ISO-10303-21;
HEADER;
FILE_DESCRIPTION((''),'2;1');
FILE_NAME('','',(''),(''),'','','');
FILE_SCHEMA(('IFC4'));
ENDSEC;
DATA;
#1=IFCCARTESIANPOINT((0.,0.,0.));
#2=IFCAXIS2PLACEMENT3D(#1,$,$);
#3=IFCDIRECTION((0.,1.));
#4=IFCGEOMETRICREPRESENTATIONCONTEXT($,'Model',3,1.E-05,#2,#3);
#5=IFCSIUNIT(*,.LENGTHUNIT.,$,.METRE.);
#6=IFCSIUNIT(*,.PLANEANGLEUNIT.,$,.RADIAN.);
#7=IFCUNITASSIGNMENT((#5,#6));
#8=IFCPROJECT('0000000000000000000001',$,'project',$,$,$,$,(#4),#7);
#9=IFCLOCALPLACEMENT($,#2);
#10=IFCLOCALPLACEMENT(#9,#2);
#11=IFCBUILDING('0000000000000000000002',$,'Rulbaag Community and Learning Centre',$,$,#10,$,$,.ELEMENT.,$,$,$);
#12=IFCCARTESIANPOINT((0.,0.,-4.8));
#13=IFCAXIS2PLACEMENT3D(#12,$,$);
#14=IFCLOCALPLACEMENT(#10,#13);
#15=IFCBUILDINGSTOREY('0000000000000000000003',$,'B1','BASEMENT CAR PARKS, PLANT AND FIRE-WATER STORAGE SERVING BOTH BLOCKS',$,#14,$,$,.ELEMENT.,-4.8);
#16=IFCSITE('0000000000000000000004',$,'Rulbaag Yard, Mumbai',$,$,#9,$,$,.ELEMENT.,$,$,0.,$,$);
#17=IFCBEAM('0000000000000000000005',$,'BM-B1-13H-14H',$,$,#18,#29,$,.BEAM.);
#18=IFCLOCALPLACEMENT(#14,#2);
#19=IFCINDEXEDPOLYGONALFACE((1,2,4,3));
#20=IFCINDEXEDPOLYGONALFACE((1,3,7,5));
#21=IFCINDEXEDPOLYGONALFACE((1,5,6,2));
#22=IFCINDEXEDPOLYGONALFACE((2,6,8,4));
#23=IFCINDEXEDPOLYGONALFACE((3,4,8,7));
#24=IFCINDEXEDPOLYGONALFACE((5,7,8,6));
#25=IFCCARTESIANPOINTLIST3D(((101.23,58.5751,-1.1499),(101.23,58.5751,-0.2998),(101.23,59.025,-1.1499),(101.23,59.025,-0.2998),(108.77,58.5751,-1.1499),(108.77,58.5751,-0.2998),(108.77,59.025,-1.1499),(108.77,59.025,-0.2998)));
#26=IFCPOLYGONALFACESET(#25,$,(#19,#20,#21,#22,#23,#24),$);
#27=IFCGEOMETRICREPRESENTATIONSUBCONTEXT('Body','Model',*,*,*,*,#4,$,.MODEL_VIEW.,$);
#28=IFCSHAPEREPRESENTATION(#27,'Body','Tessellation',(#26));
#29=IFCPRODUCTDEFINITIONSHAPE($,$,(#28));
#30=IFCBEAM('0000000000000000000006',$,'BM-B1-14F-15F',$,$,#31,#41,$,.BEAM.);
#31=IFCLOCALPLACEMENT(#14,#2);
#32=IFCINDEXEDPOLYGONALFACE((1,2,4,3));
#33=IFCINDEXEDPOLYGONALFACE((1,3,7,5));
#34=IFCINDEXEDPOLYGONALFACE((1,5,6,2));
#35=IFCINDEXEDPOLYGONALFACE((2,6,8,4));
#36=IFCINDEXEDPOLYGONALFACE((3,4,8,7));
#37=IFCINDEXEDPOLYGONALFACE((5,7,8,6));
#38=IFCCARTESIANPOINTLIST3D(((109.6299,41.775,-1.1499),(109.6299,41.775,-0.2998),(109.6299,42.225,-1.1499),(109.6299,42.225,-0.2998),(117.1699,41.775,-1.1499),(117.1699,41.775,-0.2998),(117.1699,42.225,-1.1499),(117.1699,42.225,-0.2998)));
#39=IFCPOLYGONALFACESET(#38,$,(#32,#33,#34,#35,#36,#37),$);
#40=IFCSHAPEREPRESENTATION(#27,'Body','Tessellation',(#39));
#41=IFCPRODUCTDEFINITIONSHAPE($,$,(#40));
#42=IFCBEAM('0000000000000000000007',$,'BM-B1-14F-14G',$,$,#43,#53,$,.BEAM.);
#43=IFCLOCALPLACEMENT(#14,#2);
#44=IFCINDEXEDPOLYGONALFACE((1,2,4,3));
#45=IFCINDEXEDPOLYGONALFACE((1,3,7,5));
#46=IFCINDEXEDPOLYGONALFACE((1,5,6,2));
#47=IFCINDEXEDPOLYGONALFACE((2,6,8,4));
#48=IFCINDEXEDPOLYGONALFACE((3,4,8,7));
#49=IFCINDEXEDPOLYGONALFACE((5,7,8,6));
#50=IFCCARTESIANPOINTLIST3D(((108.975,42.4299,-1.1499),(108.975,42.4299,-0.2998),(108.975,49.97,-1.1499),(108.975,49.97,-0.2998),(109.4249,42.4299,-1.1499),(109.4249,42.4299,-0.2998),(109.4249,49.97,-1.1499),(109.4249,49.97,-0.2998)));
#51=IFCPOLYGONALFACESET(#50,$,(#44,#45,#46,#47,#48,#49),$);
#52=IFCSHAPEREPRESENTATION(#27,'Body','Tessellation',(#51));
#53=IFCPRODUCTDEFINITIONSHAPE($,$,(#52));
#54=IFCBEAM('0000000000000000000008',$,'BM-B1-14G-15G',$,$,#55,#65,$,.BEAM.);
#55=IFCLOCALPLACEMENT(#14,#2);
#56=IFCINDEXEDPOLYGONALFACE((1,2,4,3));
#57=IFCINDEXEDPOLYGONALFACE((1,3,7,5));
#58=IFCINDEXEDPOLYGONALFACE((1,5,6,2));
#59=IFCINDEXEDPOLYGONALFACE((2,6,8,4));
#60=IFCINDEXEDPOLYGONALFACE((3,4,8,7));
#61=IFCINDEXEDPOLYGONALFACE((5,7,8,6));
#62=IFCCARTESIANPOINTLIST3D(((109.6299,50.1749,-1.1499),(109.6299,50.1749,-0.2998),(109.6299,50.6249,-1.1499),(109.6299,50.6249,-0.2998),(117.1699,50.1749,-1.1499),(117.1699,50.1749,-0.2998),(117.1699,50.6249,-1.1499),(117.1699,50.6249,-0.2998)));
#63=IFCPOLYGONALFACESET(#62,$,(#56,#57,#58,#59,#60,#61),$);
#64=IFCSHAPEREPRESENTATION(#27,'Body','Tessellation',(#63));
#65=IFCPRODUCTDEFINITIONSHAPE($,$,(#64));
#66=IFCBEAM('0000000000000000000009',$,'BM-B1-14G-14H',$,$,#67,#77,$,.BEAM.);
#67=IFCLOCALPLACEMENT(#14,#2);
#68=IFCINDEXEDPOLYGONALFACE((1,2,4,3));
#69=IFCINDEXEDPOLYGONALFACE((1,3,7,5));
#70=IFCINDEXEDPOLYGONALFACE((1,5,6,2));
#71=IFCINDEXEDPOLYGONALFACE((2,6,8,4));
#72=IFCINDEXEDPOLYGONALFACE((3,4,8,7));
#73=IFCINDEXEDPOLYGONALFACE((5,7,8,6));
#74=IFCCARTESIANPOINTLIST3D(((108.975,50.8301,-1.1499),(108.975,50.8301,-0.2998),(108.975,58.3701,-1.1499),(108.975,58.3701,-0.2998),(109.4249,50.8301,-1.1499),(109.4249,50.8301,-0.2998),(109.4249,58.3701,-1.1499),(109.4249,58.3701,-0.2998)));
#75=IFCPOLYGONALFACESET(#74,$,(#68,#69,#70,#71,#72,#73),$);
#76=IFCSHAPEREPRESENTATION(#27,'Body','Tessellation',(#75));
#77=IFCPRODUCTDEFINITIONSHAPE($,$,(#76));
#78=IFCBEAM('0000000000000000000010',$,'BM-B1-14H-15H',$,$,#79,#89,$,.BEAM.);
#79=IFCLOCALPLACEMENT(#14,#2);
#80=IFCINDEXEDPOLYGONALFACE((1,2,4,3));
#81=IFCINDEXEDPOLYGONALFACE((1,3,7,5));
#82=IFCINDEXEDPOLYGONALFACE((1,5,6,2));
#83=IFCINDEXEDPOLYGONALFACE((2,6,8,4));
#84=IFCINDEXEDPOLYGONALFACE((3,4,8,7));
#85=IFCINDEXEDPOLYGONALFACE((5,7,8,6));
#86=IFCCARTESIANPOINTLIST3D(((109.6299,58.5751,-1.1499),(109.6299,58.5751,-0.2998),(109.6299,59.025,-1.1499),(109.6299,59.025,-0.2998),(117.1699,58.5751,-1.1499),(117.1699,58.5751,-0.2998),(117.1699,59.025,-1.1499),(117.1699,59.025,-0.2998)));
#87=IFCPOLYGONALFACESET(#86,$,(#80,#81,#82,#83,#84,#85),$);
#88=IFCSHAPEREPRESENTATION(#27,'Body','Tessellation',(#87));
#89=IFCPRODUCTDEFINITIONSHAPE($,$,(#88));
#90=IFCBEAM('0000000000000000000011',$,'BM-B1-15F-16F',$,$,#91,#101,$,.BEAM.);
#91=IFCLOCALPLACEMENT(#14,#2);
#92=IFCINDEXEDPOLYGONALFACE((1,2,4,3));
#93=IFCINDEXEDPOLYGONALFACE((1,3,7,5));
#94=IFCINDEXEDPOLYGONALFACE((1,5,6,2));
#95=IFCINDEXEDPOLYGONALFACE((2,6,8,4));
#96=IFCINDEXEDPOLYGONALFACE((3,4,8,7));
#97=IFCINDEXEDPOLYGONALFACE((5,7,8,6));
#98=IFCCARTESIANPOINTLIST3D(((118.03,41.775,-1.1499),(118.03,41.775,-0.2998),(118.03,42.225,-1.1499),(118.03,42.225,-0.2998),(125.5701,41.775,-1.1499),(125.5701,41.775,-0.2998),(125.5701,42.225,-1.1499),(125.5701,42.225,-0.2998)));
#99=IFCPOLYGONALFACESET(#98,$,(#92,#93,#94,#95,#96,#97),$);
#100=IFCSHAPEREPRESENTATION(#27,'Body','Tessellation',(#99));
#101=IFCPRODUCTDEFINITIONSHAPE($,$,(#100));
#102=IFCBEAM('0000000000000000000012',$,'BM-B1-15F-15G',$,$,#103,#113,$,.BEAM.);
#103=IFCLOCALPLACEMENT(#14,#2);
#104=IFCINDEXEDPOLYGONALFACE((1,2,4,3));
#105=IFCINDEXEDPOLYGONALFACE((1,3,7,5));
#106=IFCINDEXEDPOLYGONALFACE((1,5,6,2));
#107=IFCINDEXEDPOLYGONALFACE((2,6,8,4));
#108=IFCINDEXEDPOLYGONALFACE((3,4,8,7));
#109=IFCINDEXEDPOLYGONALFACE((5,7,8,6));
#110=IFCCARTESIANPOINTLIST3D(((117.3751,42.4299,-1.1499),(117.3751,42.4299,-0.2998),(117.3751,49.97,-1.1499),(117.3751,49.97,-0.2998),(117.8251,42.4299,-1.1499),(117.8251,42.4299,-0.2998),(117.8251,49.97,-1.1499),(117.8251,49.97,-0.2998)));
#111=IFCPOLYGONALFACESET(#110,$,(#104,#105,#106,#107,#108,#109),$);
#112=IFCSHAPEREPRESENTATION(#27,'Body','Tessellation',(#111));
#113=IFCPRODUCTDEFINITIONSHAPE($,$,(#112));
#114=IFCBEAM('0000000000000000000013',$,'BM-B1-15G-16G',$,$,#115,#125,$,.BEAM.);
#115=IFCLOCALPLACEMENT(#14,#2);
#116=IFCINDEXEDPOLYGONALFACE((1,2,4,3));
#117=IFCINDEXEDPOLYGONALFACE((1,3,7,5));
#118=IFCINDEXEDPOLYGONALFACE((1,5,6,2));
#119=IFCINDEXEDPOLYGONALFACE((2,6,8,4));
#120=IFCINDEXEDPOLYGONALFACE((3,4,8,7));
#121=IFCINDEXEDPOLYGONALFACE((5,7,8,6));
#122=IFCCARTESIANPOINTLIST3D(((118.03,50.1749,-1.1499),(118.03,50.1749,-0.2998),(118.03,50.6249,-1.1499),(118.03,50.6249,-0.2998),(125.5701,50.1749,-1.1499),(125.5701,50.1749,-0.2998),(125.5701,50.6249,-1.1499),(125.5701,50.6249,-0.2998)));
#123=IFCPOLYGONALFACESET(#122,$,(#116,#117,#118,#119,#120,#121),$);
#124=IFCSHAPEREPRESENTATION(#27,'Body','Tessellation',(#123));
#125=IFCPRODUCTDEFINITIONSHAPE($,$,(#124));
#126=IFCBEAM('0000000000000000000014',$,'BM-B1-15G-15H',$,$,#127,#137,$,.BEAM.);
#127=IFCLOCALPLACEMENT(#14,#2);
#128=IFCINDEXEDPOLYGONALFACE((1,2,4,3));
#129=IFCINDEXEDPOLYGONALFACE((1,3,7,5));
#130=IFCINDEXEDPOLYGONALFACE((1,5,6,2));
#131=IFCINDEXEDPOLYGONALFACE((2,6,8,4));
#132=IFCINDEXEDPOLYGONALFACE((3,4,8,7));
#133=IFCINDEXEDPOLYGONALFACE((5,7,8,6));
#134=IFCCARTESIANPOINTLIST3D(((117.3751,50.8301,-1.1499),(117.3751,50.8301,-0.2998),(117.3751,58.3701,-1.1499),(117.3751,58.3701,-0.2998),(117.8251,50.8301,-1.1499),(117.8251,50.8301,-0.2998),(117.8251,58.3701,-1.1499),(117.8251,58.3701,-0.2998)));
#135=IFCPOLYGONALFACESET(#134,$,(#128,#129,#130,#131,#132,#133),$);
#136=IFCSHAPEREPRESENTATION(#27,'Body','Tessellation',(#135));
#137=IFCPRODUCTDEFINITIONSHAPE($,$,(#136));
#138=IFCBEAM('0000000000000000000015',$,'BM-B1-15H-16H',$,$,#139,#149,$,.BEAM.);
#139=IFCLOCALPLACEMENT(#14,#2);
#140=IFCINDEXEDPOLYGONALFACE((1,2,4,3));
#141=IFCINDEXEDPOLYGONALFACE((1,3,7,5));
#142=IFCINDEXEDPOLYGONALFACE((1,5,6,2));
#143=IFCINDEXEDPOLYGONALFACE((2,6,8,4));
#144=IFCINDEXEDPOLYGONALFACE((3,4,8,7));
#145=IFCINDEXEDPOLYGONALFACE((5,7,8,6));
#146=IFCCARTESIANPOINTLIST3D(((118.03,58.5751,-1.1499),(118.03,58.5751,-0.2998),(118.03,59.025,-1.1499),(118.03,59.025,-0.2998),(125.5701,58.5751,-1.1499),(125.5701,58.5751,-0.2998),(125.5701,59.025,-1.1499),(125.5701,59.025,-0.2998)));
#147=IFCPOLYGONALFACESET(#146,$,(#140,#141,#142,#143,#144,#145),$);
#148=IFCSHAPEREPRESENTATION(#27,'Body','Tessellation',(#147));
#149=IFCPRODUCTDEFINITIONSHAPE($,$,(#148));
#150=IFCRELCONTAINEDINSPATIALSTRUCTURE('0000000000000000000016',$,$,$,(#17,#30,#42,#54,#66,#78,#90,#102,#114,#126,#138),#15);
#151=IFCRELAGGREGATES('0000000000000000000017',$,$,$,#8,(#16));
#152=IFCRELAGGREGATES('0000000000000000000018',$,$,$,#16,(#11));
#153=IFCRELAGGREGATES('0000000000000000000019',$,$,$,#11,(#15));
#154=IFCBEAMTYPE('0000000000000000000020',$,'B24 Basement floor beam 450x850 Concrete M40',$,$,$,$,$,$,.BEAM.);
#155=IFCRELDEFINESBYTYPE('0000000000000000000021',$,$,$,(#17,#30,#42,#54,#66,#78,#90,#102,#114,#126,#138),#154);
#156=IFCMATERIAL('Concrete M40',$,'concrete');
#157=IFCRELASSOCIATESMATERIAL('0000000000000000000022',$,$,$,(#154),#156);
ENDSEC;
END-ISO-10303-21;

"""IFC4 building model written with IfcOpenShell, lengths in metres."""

from ifc_helpers import new_model, si_unit, direction, frame, origin, origin_2d, place, context, subcontext, project, spatial, rectangle, extrude, material, material_profile, profile_set, type_object, element, save


model = new_model("IFC4")

# Units and contexts
model_context = context("Model", 3, precision=1e-05, world=origin(), true_north=direction((0.0, 1.0)))
body_context = subcontext(model_context, "Body", "Model", "MODEL_VIEW")
ifc_project = project(units=[si_unit("LENGTHUNIT", "METRE"), si_unit("PLANEANGLEUNIT", "RADIAN")], contexts=[model_context])

# Site, building, storey
site_placement = place(None, origin())
site = spatial("IfcSite", under=ifc_project, at=site_placement, Name="Rulbaag Yard, Mumbai", CompositionType="ELEMENT", RefElevation=0.0)
building_placement = place(site_placement, origin())
building = spatial("IfcBuilding", under=site, at=building_placement, Name="Rulbaag Community and Learning Centre", CompositionType="ELEMENT")
storey_placement = place(building_placement, frame((0.0, 0.0, -4.8)))
storey = spatial("IfcBuildingStorey", under=building, at=storey_placement, Name="B1", Description="BASEMENT CAR PARKS, PLANT AND FIRE-WATER STORAGE SERVING BOTH BLOCKS", CompositionType="ELEMENT", Elevation=-4.8)

# Beams
ifc_material_1 = material(Name="Concrete M40", Category="concrete")
ifc_material_profile_1 = material_profile(ifc_material_1, rectangle(XDim=0.45, YDim=0.8501, at=origin_2d()), Name="RB450x850")
ifc_profile_set_1 = profile_set([ifc_material_profile_1], Name="Concrete M40")
beam_type = type_object("IfcBeamType", Name="B24 Basement floor beam 450x850 Concrete M40", PredefinedType="BEAM", material=ifc_profile_set_1)
for number, where, z_axis, x_axis, name in (
    (1, (101.23, 58.8, -0.7249), (1.0, 0.0, 0.0), (0.0, 1.0, 0.0), "BM-B1-13H-14H"),
    (2, (109.6299, 42.0, -0.7249), (1.0, 0.0, 0.0), (0.0, 1.0, 0.0), "BM-B1-14F-15F"),
    (3, (109.2, 42.4299, -0.7249), (0.0, 1.0, 0.0), (-1.0, 0.0, 0.0), "BM-B1-14F-14G"),
    (4, (109.6299, 50.3999, -0.7249), (1.0, 0.0, 0.0), (0.0, 1.0, 0.0), "BM-B1-14G-15G"),
    (5, (109.2, 50.8301, -0.7249), (0.0, 1.0, 0.0), (-1.0, 0.0, 0.0), "BM-B1-14G-14H"),
    (6, (109.6299, 58.8, -0.7249), (1.0, 0.0, 0.0), (0.0, 1.0, 0.0), "BM-B1-14H-15H"),
    (7, (118.03, 42.0, -0.7249), (1.0, 0.0, 0.0), (0.0, 1.0, 0.0), "BM-B1-15F-16F"),
    (8, (117.6001, 42.4299, -0.7249), (0.0, 1.0, 0.0), (-1.0, 0.0, 0.0), "BM-B1-15F-15G"),
    (9, (118.03, 50.3999, -0.7249), (1.0, 0.0, 0.0), (0.0, 1.0, 0.0), "BM-B1-15G-16G"),
    (10, (117.6001, 50.8301, -0.7249), (0.0, 1.0, 0.0), (-1.0, 0.0, 0.0), "BM-B1-15G-15H"),
    (11, (118.03, 58.8, -0.7249), (1.0, 0.0, 0.0), (0.0, 1.0, 0.0), "BM-B1-15H-16H"),
):
    element("IfcBeam", number, at=place(storey_placement, frame(where, z_axis=z_axis, x_axis=x_axis)), inside=storey, type_object=beam_type, Name=name, PredefinedType="BEAM", context=body_context, shape_type="SweptSolid", body=[
        extrude(rectangle(XDim=0.45, YDim=0.8501, at=origin_2d()), origin(), (0.0, 0.0, 1.0), 7.54),
    ])

save(model, "model.ifc")
